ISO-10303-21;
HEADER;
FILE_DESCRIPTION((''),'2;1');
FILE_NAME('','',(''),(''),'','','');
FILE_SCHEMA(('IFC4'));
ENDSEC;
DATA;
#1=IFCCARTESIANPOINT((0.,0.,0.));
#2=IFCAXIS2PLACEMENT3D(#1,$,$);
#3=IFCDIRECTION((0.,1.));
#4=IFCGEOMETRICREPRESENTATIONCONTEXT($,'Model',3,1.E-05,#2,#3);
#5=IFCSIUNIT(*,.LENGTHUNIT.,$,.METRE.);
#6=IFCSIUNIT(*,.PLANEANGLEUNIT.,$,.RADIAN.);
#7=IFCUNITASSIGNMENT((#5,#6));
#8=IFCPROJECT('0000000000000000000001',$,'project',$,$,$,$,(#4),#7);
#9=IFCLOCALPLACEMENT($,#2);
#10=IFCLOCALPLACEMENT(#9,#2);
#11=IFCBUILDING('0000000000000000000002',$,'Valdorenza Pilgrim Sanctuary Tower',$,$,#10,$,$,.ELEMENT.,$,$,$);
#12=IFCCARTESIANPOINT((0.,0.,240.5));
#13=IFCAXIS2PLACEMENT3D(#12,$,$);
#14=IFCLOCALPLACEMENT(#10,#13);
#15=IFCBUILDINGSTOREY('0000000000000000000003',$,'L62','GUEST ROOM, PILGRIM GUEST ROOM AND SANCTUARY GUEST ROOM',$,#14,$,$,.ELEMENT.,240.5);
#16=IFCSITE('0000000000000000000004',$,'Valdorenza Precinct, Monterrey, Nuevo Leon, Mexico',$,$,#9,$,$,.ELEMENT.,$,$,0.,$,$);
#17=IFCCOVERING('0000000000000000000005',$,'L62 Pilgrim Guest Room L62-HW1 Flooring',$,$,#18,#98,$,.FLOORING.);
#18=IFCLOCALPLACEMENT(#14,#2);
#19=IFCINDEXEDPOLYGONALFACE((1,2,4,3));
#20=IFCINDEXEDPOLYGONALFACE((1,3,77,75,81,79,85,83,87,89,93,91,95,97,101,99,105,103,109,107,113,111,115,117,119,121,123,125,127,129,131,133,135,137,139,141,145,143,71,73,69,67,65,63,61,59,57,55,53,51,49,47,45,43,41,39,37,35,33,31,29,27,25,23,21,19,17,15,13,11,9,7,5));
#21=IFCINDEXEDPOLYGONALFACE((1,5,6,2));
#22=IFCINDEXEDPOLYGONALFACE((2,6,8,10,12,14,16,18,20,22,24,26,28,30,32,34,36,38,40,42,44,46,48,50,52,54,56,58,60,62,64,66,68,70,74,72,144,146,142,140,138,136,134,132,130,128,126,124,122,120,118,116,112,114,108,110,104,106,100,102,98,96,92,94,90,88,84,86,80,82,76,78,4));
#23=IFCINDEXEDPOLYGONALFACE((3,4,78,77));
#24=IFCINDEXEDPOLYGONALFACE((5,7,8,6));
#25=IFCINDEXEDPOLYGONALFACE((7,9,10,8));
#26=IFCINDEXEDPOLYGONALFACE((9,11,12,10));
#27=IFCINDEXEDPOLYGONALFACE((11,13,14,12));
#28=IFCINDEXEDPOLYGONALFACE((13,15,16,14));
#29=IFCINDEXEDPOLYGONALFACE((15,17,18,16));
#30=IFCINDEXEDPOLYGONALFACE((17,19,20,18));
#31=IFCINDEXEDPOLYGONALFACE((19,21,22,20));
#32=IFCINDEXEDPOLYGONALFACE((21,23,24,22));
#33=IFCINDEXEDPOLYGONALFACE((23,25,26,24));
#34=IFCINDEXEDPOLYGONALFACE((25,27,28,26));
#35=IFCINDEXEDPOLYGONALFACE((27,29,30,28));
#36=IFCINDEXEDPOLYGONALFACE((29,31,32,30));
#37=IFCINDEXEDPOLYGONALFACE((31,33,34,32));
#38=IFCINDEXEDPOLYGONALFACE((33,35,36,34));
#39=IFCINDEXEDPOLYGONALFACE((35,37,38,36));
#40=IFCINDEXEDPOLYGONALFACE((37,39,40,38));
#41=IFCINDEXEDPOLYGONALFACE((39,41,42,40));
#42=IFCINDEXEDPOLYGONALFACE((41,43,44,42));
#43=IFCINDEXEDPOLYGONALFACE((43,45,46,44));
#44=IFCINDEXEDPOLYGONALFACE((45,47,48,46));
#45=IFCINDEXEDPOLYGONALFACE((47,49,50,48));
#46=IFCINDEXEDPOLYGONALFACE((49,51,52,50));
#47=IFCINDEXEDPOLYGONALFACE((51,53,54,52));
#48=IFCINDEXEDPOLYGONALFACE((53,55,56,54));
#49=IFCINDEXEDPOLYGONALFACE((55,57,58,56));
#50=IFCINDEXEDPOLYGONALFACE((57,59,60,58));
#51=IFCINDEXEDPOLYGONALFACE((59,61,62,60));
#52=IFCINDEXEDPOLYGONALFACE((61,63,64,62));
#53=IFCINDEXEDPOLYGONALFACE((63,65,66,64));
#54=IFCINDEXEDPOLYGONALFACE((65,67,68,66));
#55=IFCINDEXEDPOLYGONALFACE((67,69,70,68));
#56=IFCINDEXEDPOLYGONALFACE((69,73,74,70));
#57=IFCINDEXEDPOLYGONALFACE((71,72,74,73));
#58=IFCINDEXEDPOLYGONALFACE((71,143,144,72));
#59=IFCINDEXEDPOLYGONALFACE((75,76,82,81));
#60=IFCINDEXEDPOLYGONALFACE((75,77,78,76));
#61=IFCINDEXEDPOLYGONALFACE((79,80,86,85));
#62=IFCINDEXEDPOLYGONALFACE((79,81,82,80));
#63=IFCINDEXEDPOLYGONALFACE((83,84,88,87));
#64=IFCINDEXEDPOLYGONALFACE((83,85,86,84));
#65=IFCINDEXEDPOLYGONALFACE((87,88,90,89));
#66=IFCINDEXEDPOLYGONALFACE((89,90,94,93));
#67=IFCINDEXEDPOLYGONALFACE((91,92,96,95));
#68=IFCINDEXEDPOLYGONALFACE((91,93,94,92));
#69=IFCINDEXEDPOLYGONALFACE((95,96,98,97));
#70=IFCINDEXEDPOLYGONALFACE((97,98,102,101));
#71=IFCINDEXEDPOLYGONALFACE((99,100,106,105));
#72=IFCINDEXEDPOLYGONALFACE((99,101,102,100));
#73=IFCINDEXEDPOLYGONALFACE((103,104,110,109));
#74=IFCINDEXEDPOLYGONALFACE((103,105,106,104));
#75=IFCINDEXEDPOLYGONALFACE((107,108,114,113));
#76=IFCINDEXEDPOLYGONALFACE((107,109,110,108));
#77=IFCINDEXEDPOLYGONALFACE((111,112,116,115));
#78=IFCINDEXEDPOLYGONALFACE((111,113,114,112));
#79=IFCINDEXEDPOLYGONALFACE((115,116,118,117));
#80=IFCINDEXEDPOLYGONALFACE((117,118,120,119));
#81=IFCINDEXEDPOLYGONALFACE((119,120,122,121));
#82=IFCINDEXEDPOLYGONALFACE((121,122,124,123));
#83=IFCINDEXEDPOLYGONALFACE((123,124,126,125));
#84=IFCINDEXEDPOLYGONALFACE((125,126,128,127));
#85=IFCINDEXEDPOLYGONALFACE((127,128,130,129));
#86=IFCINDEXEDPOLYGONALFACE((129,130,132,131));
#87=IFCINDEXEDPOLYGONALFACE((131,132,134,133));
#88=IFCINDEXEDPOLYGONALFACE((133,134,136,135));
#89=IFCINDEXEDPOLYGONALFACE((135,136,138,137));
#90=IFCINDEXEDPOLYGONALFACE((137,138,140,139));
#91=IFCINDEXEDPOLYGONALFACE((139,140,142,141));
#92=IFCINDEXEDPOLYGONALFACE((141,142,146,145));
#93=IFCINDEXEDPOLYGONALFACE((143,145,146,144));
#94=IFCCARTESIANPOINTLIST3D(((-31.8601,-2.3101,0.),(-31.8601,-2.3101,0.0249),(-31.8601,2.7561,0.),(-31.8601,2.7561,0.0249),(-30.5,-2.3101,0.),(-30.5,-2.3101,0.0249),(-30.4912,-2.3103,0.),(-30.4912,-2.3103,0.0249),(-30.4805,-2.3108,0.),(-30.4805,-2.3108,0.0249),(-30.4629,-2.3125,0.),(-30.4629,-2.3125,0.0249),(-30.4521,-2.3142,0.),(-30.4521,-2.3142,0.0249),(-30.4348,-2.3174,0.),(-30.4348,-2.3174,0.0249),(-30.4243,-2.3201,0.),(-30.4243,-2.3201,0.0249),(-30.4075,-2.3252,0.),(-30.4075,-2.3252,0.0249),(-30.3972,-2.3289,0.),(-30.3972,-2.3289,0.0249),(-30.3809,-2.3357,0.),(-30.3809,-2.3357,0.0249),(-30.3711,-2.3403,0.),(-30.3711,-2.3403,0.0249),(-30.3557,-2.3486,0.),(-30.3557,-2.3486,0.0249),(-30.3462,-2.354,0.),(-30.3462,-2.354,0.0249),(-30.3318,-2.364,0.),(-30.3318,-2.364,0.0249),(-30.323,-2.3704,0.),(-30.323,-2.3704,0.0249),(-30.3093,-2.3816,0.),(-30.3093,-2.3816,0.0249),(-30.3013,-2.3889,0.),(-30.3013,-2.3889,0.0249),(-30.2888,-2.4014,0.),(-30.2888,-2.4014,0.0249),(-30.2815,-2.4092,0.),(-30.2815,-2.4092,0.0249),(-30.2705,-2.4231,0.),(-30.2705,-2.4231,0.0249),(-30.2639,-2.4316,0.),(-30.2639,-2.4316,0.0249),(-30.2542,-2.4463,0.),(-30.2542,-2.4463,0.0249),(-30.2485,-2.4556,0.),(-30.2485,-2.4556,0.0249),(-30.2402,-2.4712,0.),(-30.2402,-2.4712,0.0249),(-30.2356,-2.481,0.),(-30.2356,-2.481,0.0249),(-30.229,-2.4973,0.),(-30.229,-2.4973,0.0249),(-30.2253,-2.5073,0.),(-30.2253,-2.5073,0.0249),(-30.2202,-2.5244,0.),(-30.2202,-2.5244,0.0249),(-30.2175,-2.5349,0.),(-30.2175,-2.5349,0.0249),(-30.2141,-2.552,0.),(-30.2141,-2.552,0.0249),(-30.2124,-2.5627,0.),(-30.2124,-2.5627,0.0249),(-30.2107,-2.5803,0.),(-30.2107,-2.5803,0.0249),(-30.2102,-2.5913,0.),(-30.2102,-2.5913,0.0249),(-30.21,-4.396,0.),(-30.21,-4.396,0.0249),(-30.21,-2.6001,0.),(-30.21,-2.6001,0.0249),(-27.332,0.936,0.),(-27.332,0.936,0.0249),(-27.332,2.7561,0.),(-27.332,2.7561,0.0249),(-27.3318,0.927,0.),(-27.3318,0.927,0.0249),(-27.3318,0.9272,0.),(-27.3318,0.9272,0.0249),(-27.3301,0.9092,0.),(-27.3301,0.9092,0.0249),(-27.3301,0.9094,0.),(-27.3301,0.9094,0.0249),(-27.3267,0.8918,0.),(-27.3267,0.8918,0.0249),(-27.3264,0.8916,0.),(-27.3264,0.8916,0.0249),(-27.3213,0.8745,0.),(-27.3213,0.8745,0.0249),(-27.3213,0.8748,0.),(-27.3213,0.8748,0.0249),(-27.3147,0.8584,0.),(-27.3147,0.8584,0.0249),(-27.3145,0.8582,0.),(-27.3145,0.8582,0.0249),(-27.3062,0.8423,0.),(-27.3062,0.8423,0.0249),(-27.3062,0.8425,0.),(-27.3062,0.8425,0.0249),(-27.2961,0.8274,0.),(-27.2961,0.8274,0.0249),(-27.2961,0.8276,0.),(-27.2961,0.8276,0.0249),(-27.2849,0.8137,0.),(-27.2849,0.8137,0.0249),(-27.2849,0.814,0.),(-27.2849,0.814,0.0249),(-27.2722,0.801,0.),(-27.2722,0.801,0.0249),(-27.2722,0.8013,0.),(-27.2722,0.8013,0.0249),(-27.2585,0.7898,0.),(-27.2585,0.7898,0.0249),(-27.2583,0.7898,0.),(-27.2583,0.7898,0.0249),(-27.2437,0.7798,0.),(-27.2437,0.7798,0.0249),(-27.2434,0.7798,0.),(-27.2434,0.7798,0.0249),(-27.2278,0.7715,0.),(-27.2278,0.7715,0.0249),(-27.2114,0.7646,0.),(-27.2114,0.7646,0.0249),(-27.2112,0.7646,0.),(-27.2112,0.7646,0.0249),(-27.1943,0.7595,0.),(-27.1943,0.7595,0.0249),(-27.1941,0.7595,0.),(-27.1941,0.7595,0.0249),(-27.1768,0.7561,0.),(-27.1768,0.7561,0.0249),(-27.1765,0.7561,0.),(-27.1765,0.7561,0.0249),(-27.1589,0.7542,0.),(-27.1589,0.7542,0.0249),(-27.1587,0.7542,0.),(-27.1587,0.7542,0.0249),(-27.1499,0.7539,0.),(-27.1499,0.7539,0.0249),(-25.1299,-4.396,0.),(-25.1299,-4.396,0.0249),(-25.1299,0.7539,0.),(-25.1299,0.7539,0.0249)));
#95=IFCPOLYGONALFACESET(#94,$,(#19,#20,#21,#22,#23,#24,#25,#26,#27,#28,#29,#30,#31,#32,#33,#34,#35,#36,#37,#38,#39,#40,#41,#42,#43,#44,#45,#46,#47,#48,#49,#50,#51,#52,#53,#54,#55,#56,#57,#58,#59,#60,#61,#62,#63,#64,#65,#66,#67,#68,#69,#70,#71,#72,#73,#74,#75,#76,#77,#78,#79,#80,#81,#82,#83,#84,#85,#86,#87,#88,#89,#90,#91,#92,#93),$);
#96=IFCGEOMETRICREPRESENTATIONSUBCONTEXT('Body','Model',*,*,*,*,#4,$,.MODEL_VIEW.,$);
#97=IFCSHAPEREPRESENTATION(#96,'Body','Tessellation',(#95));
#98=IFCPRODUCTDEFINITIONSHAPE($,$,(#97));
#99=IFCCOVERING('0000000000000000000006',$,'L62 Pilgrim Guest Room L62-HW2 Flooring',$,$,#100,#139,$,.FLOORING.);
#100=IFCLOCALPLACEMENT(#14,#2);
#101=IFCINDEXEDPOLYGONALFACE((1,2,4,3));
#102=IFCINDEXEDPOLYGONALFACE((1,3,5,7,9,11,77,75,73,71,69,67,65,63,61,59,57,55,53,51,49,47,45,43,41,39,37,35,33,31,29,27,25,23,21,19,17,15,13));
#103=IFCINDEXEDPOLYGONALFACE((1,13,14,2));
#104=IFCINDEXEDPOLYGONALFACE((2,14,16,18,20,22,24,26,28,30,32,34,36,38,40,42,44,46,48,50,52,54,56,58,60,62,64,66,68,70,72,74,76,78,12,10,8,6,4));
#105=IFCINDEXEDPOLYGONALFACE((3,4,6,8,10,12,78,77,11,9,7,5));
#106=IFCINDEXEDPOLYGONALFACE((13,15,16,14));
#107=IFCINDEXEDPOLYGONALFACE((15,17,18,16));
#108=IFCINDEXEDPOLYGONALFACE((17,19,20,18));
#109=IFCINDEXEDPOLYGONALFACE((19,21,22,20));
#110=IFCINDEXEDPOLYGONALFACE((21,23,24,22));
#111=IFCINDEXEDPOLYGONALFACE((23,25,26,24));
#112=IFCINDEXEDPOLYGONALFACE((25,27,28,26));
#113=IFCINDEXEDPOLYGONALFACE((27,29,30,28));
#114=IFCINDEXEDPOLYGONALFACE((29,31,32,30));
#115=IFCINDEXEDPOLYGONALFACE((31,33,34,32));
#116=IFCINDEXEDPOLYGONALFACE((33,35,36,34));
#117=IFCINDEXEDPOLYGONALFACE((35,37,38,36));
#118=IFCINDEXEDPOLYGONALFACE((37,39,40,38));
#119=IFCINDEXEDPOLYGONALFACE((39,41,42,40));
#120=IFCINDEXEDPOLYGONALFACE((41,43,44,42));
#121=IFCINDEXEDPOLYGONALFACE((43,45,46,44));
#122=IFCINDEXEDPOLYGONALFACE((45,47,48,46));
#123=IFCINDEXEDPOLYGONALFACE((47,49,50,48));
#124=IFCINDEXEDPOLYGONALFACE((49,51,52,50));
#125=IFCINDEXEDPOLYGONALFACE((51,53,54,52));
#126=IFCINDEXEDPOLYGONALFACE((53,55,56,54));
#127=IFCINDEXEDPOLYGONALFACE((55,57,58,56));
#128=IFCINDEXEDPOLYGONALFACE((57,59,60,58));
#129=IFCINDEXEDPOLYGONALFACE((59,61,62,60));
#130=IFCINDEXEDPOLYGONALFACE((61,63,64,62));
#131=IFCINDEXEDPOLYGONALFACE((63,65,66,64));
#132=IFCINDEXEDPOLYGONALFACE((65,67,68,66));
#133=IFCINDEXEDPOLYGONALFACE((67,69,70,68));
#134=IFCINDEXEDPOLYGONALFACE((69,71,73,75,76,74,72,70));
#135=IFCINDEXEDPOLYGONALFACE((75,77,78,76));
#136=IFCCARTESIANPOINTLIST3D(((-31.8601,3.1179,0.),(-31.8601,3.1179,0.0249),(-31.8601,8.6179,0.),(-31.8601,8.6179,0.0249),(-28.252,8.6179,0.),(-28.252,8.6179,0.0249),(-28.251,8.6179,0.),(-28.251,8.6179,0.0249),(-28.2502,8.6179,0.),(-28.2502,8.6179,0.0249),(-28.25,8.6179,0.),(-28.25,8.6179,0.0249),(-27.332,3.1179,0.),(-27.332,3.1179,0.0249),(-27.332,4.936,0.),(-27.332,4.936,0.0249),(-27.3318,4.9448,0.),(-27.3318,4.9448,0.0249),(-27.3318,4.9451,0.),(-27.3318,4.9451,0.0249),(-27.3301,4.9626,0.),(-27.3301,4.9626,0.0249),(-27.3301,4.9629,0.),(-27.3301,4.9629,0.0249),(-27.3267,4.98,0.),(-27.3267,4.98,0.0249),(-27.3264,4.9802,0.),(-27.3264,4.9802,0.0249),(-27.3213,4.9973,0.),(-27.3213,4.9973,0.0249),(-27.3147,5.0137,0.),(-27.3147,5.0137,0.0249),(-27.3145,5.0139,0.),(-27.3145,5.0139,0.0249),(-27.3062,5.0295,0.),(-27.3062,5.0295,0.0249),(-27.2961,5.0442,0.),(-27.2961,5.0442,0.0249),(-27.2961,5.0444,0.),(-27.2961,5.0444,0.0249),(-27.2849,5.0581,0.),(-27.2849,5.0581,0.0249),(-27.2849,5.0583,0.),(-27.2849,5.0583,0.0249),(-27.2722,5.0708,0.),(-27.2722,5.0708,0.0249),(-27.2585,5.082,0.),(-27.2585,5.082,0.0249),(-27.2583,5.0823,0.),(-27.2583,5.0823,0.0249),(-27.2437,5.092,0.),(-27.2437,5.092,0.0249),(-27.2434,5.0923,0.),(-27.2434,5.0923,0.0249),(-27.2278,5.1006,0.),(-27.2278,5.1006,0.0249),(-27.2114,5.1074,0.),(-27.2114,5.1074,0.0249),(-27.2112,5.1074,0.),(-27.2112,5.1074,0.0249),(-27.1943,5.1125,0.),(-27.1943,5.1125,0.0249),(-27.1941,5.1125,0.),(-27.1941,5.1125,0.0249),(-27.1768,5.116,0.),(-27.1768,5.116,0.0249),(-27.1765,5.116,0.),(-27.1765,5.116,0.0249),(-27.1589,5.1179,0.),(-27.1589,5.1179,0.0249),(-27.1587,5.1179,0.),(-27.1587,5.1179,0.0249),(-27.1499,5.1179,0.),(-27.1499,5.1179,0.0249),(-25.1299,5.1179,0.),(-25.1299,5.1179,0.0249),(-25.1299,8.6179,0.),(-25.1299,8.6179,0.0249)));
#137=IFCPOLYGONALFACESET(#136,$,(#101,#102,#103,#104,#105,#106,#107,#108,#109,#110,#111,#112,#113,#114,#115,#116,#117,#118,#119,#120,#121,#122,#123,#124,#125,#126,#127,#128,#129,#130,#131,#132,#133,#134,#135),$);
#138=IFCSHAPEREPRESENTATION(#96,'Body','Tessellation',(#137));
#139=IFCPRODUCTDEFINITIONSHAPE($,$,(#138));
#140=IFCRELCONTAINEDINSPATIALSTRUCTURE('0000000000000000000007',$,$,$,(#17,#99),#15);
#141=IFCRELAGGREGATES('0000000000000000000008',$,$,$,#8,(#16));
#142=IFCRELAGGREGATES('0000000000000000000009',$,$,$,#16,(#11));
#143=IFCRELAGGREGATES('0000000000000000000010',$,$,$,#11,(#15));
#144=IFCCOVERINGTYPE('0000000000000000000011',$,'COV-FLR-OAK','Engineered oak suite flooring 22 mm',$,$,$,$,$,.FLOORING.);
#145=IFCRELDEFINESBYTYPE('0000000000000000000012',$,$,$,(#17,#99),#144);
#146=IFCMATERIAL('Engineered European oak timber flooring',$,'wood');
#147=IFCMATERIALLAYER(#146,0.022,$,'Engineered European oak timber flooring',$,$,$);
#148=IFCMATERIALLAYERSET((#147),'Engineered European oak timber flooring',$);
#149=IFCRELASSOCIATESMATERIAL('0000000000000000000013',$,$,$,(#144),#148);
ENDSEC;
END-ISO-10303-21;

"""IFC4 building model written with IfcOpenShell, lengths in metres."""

from ifc_helpers import new_model, si_unit, direction, frame, origin, place, context, subcontext, project, spatial, polyline, outline, extrude, material, layer, layer_set, type_object, element, save


model = new_model("IFC4")

# Units and contexts
model_context = context("Model", 3, precision=1e-05, world=origin(), true_north=direction((0.0, 1.0)))
body_context = subcontext(model_context, "Body", "Model", "MODEL_VIEW")
ifc_project = project(units=[si_unit("LENGTHUNIT", "METRE"), si_unit("PLANEANGLEUNIT", "RADIAN")], contexts=[model_context])

# Site, building, storey
site_placement = place(None, origin())
site = spatial("IfcSite", under=ifc_project, at=site_placement, Name="Valdorenza Precinct, Monterrey, Nuevo Leon, Mexico", CompositionType="ELEMENT", RefElevation=0.0)
building_placement = place(site_placement, origin())
building = spatial("IfcBuilding", under=site, at=building_placement, Name="Valdorenza Pilgrim Sanctuary Tower", CompositionType="ELEMENT")
storey_placement = place(building_placement, frame((0.0, 0.0, 240.5)))
storey = spatial("IfcBuildingStorey", under=building, at=storey_placement, Name="L62", Description="GUEST ROOM, PILGRIM GUEST ROOM AND SANCTUARY GUEST ROOM", CompositionType="ELEMENT", Elevation=240.5)

# Coverings
ifc_material_1 = material(Name="Engineered European oak timber flooring", Category="wood")
ifc_layer_1 = layer(ifc_material_1, 0.022, Name="Engineered European oak timber flooring")
ifc_layer_set_1 = layer_set([ifc_layer_1], Name="Engineered European oak timber flooring")
covering_type_1 = type_object("IfcCoveringType", Name="COV-FLR-OAK", Description="Engineered oak suite flooring 22 mm", PredefinedType="FLOORING", material=ifc_layer_set_1)
covering_1_placement = place(storey_placement, origin())
element("IfcCovering", 1, at=covering_1_placement, inside=storey, type_object=covering_type_1, Name="L62 Pilgrim Guest Room L62-HW1 Flooring", PredefinedType="FLOORING", context=body_context, shape_type="SweptSolid", body=[
    extrude(outline(polyline([(-30.21, -2.6001), (-30.2102, -2.5913), (-30.2107, -2.5803), (-30.2124, -2.5627), (-30.2141, -2.552), (-30.2175, -2.5349), (-30.2202, -2.5244), (-30.2253, -2.5073), (-30.229, -2.4973), (-30.2356, -2.481), (-30.2402, -2.4712), (-30.2485, -2.4556), (-30.2542, -2.4463), (-30.2639, -2.4316), (-30.2705, -2.4231), (-30.2815, -2.4092), (-30.2888, -2.4014), (-30.3013, -2.3889), (-30.3093, -2.3816), (-30.323, -2.3704), (-30.3318, -2.364), (-30.3462, -2.354), (-30.3557, -2.3486), (-30.3711, -2.3403), (-30.3809, -2.3357), (-30.3972, -2.3289), (-30.4075, -2.3252), (-30.4243, -2.3201), (-30.4348, -2.3174), (-30.4521, -2.3142), (-30.4629, -2.3125), (-30.4805, -2.3108), (-30.4912, -2.3103), (-30.5, -2.3101), (-31.8601, -2.3101), (-31.8601, 2.7561), (-27.332, 2.7561), (-27.332, 0.936), (-27.3318, 0.9272), (-27.3318, 0.927), (-27.3301, 0.9094), (-27.3301, 0.9092), (-27.3267, 0.8918), (-27.3264, 0.8916), (-27.3213, 0.8748), (-27.3213, 0.8745), (-27.3147, 0.8584), (-27.3145, 0.8582), (-27.3062, 0.8425), (-27.3062, 0.8423), (-27.2961, 0.8276), (-27.2961, 0.8274), (-27.2849, 0.814), (-27.2849, 0.8137), (-27.2722, 0.8013), (-27.2722, 0.801), (-27.2585, 0.7898), (-27.2583, 0.7898), (-27.2437, 0.7798), (-27.2434, 0.7798), (-27.2278, 0.7715), (-27.2278, 0.7715), (-27.2114, 0.7646), (-27.2112, 0.7646), (-27.1943, 0.7595), (-27.1941, 0.7595), (-27.1768, 0.7561), (-27.1765, 0.7561), (-27.1589, 0.7542), (-27.1587, 0.7542), (-27.1499, 0.7539), (-25.1299, 0.7539), (-25.1299, -4.396), (-30.21, -4.396), (-30.21, -2.6001)])), origin(), (0.0, 0.0, 1.0), 0.0249),
])
covering_2_placement = place(storey_placement, origin())
element("IfcCovering", 2, at=covering_2_placement, inside=storey, type_object=covering_type_1, Name="L62 Pilgrim Guest Room L62-HW2 Flooring", PredefinedType="FLOORING", context=body_context, shape_type="SweptSolid", body=[
    extrude(outline(polyline([(-28.2502, 8.6179), (-28.25, 8.6179), (-25.1299, 8.6179), (-25.1299, 5.1179), (-27.1499, 5.1179), (-27.1587, 5.1179), (-27.1589, 5.1179), (-27.1765, 5.116), (-27.1768, 5.116), (-27.1941, 5.1125), (-27.1943, 5.1125), (-27.2112, 5.1074), (-27.2114, 5.1074), (-27.2278, 5.1006), (-27.2278, 5.1006), (-27.2434, 5.0923), (-27.2437, 5.092), (-27.2583, 5.0823), (-27.2585, 5.082), (-27.2722, 5.0708), (-27.2722, 5.0708), (-27.2849, 5.0583), (-27.2849, 5.0581), (-27.2961, 5.0444), (-27.2961, 5.0442), (-27.3062, 5.0295), (-27.3062, 5.0295), (-27.3145, 5.0139), (-27.3147, 5.0137), (-27.3213, 4.9973), (-27.3213, 4.9973), (-27.3264, 4.9802), (-27.3267, 4.98), (-27.3301, 4.9629), (-27.3301, 4.9626), (-27.3318, 4.9451), (-27.3318, 4.9448), (-27.332, 4.936), (-27.332, 3.1179), (-31.8601, 3.1179), (-31.8601, 8.6179), (-28.252, 8.6179), (-28.251, 8.6179), (-28.2502, 8.6179)])), origin(), (0.0, 0.0, 1.0), 0.0249),
])

save(model, "model.ifc")
